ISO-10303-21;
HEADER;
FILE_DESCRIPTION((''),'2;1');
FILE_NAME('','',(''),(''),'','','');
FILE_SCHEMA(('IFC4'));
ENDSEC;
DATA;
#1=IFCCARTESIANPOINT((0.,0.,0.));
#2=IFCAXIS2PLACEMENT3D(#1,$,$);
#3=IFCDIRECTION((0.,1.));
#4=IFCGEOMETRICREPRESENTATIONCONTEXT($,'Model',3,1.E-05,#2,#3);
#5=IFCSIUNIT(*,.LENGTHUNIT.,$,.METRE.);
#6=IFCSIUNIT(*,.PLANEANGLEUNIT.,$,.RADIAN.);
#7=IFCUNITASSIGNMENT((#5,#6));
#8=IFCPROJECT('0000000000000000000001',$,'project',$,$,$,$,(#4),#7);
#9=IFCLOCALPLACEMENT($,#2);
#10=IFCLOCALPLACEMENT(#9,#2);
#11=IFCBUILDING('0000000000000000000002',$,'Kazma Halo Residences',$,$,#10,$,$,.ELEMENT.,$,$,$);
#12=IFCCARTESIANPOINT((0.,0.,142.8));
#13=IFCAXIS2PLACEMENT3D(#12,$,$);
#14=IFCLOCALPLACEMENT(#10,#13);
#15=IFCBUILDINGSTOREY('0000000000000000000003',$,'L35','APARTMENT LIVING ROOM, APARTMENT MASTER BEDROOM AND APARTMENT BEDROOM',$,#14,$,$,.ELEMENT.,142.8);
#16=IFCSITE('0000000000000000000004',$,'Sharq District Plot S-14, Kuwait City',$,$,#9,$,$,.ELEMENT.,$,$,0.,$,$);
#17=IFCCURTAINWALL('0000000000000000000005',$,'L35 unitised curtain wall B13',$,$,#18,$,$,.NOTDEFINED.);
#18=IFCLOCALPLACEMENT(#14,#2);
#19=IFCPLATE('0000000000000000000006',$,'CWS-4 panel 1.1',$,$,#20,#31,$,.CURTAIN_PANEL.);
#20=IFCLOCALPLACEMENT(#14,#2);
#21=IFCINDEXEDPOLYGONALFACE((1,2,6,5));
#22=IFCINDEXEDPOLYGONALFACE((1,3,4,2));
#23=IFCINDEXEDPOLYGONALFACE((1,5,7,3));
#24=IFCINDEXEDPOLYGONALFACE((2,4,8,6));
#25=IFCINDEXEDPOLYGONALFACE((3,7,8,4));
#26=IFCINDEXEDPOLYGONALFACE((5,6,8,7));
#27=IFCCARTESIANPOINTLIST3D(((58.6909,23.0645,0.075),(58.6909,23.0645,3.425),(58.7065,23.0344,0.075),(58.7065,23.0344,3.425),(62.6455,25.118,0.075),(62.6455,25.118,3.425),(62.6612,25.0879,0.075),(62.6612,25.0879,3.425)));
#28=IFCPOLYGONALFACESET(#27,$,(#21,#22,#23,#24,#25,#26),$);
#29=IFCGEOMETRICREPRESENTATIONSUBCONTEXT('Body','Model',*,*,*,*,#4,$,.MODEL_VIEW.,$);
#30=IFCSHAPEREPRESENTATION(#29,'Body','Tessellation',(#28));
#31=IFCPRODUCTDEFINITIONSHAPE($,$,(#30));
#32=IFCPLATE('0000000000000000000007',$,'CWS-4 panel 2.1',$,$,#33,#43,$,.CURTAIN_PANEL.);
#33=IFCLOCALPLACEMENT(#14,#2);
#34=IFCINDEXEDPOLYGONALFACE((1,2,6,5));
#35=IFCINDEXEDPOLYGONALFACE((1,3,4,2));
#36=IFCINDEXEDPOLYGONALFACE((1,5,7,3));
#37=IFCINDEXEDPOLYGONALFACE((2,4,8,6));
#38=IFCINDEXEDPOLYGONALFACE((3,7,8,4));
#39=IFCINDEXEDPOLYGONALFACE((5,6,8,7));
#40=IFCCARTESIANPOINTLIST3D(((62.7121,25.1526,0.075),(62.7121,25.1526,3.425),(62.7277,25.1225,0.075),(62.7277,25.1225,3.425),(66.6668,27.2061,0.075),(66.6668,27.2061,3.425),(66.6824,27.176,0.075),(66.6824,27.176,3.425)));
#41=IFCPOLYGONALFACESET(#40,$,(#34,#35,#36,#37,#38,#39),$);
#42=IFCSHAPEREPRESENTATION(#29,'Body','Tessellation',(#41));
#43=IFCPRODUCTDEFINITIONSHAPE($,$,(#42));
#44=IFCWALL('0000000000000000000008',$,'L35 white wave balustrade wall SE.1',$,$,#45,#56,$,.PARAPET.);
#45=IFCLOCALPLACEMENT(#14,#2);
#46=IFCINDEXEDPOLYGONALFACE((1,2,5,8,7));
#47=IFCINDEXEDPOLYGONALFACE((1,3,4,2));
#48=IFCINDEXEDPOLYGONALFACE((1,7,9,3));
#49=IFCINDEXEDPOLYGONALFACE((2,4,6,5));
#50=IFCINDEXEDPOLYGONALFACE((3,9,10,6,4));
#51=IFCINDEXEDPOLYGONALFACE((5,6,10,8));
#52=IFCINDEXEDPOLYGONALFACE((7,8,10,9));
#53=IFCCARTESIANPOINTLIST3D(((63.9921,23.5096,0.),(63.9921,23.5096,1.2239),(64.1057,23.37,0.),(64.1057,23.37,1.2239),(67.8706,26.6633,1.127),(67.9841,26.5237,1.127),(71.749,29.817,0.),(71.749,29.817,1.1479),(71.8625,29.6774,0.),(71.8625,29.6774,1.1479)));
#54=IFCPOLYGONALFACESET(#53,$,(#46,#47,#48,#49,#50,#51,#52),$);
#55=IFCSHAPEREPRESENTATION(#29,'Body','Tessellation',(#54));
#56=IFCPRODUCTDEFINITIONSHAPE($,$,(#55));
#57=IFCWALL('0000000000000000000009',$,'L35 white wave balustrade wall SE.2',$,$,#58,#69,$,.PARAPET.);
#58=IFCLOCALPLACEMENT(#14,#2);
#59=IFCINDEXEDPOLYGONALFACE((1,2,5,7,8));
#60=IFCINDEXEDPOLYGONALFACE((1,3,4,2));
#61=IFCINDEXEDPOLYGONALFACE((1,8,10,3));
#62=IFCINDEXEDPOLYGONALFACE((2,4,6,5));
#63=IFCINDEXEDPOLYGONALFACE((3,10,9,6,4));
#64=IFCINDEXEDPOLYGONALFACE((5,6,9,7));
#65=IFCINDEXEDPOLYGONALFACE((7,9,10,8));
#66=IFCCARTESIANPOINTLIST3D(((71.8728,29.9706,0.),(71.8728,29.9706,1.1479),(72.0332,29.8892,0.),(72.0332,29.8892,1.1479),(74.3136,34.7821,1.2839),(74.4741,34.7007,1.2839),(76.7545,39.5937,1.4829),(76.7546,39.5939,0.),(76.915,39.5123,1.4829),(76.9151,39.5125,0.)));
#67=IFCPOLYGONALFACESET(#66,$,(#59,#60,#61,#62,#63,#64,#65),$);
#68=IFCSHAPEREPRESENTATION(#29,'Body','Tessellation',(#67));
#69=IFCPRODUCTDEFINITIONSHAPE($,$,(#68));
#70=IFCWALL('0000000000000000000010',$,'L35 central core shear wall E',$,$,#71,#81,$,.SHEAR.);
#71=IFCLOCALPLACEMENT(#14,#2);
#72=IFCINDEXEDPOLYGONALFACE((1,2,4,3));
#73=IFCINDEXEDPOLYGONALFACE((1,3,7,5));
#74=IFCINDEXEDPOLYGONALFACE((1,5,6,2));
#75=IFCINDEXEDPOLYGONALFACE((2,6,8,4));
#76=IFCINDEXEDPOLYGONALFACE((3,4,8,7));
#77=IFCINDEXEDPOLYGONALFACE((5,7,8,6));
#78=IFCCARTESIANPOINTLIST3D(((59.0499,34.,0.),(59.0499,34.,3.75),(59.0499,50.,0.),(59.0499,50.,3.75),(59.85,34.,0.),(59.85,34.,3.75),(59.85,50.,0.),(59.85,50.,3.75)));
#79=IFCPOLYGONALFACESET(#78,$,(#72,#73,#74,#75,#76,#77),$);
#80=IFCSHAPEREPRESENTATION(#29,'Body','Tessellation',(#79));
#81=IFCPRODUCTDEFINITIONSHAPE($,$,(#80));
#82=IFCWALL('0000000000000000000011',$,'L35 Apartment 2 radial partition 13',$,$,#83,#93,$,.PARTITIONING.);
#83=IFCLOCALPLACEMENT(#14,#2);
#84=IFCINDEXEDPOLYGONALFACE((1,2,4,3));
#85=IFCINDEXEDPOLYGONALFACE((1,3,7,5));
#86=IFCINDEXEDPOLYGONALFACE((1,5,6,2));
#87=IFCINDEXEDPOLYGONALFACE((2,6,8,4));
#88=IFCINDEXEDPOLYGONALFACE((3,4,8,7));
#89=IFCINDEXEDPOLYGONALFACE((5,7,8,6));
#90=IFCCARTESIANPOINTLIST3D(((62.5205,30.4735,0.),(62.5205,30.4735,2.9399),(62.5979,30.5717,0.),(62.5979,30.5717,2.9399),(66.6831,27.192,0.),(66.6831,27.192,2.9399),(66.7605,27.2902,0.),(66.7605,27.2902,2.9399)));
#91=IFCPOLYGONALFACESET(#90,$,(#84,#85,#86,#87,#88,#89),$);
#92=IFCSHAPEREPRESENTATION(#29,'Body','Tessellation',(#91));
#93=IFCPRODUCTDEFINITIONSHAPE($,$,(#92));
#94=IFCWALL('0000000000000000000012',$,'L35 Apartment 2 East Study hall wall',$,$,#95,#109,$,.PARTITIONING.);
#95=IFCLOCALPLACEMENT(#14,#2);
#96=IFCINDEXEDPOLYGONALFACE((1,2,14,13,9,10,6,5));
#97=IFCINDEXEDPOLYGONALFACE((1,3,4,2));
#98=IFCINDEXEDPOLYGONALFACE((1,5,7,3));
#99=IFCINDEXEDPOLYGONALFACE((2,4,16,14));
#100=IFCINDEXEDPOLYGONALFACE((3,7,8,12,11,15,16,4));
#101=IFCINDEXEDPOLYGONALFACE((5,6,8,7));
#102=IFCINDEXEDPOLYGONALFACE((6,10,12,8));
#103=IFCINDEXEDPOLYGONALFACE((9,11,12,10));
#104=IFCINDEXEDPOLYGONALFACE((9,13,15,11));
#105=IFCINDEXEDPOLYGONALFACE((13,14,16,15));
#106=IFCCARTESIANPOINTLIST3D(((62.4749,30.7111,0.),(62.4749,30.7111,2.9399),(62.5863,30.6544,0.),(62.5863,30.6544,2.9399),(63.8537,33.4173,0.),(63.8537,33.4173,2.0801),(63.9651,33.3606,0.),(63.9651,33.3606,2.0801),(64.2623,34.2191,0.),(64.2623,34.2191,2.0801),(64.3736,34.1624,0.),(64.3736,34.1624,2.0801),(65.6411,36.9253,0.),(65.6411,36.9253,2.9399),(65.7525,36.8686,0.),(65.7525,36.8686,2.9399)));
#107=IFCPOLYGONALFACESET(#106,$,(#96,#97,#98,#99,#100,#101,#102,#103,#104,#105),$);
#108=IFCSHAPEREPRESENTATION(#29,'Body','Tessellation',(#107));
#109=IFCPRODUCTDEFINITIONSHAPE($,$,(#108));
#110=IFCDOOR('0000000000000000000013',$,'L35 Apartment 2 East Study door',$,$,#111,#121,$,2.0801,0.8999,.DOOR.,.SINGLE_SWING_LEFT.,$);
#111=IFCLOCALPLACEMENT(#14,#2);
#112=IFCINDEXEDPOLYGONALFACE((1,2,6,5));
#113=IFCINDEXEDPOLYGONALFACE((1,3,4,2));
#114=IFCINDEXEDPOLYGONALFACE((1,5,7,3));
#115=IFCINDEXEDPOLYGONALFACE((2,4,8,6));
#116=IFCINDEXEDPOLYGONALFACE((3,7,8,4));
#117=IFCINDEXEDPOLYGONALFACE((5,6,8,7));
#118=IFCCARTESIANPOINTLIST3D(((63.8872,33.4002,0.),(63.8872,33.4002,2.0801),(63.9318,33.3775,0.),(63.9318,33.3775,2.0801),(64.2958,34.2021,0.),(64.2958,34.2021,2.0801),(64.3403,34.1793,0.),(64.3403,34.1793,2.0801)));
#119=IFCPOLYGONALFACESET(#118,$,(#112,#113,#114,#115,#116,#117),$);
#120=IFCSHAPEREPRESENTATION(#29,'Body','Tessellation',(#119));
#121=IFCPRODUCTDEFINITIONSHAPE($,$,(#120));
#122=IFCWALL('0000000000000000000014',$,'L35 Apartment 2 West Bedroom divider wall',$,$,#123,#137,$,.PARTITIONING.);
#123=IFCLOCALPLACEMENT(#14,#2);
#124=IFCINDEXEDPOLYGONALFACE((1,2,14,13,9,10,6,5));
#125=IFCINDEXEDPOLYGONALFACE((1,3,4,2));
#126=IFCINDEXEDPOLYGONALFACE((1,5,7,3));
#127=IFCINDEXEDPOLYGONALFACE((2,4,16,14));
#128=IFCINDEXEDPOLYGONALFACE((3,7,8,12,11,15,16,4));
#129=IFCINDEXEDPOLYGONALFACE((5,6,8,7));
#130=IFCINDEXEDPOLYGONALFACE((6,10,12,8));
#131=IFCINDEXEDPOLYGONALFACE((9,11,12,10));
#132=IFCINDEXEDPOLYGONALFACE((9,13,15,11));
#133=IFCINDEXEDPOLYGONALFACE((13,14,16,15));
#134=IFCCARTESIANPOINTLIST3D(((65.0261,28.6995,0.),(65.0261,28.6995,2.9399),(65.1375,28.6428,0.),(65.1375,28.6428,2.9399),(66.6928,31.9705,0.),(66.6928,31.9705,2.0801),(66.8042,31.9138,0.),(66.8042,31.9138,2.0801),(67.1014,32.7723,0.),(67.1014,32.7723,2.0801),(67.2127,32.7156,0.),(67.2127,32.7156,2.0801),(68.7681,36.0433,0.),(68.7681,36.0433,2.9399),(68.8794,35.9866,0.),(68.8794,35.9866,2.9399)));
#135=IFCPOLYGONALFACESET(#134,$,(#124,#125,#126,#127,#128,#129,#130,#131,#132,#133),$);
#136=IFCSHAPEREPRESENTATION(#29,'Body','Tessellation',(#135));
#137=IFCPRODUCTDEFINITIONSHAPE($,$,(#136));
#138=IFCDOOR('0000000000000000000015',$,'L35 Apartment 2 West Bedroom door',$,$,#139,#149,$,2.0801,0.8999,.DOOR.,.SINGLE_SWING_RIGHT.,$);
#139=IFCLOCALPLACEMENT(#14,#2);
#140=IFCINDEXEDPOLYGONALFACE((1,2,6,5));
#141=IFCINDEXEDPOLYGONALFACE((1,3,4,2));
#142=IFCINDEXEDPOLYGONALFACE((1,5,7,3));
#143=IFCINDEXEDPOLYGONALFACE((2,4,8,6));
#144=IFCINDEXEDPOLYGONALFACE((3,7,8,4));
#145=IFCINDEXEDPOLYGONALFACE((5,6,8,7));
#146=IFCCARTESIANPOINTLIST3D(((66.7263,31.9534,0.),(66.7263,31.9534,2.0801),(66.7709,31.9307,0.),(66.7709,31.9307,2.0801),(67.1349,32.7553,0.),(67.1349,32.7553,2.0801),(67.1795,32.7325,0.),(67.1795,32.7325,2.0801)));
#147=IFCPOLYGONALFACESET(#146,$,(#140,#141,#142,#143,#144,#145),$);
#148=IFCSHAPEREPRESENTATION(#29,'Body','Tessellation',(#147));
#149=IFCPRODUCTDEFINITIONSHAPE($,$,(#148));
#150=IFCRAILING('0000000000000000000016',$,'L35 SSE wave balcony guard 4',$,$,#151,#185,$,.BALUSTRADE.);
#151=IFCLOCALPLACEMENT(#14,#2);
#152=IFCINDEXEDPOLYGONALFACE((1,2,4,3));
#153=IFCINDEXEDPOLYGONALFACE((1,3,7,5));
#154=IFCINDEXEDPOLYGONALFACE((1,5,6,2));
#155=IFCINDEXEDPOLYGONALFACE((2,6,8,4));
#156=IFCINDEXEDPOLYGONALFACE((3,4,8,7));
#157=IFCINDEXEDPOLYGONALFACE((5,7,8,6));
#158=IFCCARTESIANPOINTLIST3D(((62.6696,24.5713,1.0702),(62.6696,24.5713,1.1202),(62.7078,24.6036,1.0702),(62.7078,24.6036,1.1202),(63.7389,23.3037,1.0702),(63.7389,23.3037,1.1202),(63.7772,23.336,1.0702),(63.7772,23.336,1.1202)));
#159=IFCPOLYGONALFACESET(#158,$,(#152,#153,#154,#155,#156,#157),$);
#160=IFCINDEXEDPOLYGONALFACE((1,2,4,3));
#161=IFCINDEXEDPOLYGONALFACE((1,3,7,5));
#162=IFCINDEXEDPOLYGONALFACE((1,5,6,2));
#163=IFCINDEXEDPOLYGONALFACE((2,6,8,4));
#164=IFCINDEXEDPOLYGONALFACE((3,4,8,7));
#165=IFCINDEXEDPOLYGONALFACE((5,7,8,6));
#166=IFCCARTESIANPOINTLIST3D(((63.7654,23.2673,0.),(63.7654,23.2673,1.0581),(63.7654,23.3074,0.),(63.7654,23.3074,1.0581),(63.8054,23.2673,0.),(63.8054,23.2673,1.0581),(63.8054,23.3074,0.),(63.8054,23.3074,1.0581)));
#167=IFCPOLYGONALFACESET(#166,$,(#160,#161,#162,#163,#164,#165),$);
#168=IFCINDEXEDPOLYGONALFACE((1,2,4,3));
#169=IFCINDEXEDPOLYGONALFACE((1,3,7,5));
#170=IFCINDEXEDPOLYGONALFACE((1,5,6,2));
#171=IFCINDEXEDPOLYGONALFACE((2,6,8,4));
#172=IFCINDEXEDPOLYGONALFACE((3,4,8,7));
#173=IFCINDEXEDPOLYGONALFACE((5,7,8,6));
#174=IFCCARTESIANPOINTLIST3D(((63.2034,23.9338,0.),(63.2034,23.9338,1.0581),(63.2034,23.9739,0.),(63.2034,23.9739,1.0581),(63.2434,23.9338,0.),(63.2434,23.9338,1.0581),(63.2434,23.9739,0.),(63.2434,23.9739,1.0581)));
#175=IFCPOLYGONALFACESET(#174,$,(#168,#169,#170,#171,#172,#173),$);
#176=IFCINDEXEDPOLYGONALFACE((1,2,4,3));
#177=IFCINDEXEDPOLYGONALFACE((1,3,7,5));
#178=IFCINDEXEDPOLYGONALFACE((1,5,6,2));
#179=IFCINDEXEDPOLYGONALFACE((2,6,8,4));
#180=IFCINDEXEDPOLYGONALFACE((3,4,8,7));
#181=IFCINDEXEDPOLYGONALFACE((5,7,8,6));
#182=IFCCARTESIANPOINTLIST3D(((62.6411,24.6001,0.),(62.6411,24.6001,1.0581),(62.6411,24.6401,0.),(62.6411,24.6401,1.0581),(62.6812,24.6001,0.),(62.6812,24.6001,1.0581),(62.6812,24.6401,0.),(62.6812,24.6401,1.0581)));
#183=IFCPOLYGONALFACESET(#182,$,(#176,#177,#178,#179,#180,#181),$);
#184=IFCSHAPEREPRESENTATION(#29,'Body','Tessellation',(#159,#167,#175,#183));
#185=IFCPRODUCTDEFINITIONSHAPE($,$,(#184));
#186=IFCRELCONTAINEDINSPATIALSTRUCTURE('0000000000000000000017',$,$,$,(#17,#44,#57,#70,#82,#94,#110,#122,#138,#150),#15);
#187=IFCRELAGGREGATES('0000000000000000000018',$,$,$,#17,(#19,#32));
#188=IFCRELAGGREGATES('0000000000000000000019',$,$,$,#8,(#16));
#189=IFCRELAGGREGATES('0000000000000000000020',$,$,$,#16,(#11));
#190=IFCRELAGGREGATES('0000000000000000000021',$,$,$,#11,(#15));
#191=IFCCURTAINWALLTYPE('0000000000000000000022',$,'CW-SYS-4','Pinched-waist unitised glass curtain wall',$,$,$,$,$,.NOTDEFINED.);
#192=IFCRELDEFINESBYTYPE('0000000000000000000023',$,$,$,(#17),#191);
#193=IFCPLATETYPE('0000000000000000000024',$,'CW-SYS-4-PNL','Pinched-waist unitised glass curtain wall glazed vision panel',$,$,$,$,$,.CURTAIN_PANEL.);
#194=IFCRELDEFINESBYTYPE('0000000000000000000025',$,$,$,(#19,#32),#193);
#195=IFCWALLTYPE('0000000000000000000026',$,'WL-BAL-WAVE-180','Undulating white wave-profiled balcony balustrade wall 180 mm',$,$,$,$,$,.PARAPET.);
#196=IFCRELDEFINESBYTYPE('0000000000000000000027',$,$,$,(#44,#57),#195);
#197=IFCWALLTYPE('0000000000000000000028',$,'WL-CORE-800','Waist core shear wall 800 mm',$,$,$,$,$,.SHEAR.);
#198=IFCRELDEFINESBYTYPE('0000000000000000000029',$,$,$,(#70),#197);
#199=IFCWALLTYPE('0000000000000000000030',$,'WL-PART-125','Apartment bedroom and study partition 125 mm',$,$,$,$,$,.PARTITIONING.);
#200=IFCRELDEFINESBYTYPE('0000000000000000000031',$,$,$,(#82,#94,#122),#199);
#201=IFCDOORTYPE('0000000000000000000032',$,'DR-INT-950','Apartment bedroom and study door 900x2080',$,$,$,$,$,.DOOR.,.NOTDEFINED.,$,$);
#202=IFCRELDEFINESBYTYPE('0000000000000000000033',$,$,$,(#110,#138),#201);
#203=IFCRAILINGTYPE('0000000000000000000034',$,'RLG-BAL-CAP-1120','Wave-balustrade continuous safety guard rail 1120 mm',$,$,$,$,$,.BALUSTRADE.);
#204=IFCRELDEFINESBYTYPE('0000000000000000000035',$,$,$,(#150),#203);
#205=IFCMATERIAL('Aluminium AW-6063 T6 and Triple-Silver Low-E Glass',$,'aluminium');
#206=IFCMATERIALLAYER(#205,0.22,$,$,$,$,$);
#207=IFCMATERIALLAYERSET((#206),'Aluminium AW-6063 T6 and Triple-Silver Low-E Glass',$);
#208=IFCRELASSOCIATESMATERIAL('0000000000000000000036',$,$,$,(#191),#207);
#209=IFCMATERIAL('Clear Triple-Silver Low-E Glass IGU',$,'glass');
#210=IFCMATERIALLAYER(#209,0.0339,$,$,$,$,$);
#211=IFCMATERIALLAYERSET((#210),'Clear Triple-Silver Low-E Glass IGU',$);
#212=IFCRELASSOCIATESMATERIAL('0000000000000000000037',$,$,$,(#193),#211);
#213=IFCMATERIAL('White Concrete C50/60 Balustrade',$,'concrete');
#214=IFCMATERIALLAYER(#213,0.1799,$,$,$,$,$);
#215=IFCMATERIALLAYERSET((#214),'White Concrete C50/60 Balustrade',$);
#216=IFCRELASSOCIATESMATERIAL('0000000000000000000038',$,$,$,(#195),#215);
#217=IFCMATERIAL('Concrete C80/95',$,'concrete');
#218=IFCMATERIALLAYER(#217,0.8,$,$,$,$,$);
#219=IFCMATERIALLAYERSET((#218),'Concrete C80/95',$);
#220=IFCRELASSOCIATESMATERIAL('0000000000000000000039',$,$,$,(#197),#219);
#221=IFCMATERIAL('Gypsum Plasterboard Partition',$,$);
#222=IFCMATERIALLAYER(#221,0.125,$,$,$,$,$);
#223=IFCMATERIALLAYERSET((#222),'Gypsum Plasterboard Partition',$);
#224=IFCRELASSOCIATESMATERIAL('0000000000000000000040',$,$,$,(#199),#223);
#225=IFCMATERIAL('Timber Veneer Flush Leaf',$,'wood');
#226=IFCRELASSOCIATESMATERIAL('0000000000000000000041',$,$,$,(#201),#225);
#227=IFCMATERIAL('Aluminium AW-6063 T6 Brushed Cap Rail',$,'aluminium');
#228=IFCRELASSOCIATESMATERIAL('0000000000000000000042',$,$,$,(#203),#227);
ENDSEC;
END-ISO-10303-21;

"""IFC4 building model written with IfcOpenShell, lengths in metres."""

from ifc_helpers import new_model, si_unit, direction, frame, frame_2d, origin, origin_2d, place, context, subcontext, project, spatial, polyline, rectangle, outline, extrude, material, layer, layer_set, type_object, element, fill, aggregate, save


model = new_model("IFC4")

# Units and contexts
model_context = context("Model", 3, precision=1e-05, world=origin(), true_north=direction((0.0, 1.0)))
body_context = subcontext(model_context, "Body", "Model", "MODEL_VIEW")
ifc_project = project(units=[si_unit("LENGTHUNIT", "METRE"), si_unit("PLANEANGLEUNIT", "RADIAN")], contexts=[model_context])

# Site, building, storey
site_placement = place(None, origin())
site = spatial("IfcSite", under=ifc_project, at=site_placement, Name="Sharq District Plot S-14, Kuwait City", CompositionType="ELEMENT", RefElevation=0.0)
building_placement = place(site_placement, origin())
building = spatial("IfcBuilding", under=site, at=building_placement, Name="Kazma Halo Residences", CompositionType="ELEMENT")
storey_placement = place(building_placement, frame((0.0, 0.0, 142.8)))
storey = spatial("IfcBuildingStorey", under=building, at=storey_placement, Name="L35", Description="APARTMENT LIVING ROOM, APARTMENT MASTER BEDROOM AND APARTMENT BEDROOM", CompositionType="ELEMENT", Elevation=142.8)

# Shared definitions
ifc_material_1 = material(Name="Concrete C80/95", Category="concrete")

# Curtain wall
ifc_material_2 = material(Name="Aluminium AW-6063 T6 and Triple-Silver Low-E Glass", Category="aluminium")
ifc_layer_1 = layer(ifc_material_2, 0.22)
ifc_layer_set_1 = layer_set([ifc_layer_1], Name="Aluminium AW-6063 T6 and Triple-Silver Low-E Glass")
curtain_wall_type = type_object("IfcCurtainWallType", Name="CW-SYS-4", Description="Pinched-waist unitised glass curtain wall", PredefinedType="NOTDEFINED", material=ifc_layer_set_1)
curtain_wall_1_placement = place(storey_placement, origin())
curtain_wall_1 = element("IfcCurtainWall", 1, at=curtain_wall_1_placement, inside=storey, type_object=curtain_wall_type, Name="L35 unitised curtain wall B13", PredefinedType="NOTDEFINED")

# Plates
ifc_material_3 = material(Name="Clear Triple-Silver Low-E Glass IGU", Category="glass")
ifc_layer_2 = layer(ifc_material_3, 0.0339)
ifc_layer_set_2 = layer_set([ifc_layer_2], Name="Clear Triple-Silver Low-E Glass IGU")
plate_type = type_object("IfcPlateType", Name="CW-SYS-4-PNL", Description="Pinched-waist unitised glass curtain wall glazed vision panel", PredefinedType="CURTAIN_PANEL", material=ifc_layer_set_2)
plate_1_placement = place(storey_placement, frame((60.676, 24.0762, 0.075), z_axis=(0.0, 0.0, 1.0), x_axis=(0.887485, 0.460837, 0.0)))
plate_1 = element("IfcPlate", 2, at=plate_1_placement, type_object=plate_type, Name="CWS-4 panel 1.1", PredefinedType="CURTAIN_PANEL", context=body_context, shape_type="SweptSolid", body=[
    extrude(rectangle(XDim=4.4561, YDim=0.0339, at=origin_2d()), origin(), (0.0, 0.0, 1.0), 3.3501),
])
plate_2_placement = place(storey_placement, frame((64.6973, 26.1643, 0.075), z_axis=(0.0, 0.0, 1.0), x_axis=(0.887485, 0.460837, 0.0)))
plate_2 = element("IfcPlate", 3, at=plate_2_placement, type_object=plate_type, Name="CWS-4 panel 2.1", PredefinedType="CURTAIN_PANEL", context=body_context, shape_type="SweptSolid", body=[
    extrude(rectangle(XDim=4.4561, YDim=0.0339, at=origin_2d()), origin(), (0.0, 0.0, 1.0), 3.3501),
])
aggregate(curtain_wall_1, [plate_1, plate_2])

# Walls
ifc_material_4 = material(Name="White Concrete C50/60 Balustrade", Category="concrete")
ifc_layer_3 = layer(ifc_material_4, 0.1799)
ifc_layer_set_3 = layer_set([ifc_layer_3], Name="White Concrete C50/60 Balustrade")
wall_type_1 = type_object("IfcWallType", Name="WL-BAL-WAVE-180", Description="Undulating white wave-profiled balcony balustrade wall 180 mm", PredefinedType="PARAPET", material=ifc_layer_set_3)
wall_1_placement = place(storey_placement, frame((64.0488, 23.4399, 0.0), z_axis=(0.0, 0.0, 1.0), x_axis=(0.775872, 0.63089, 0.0)))
element("IfcWall", 4, at=wall_1_placement, inside=storey, type_object=wall_type_1, Name="L35 white wave balustrade wall SE.1", PredefinedType="PARAPET", context=body_context, shape_type="SweptSolid", body=[
    extrude(outline(polyline([(0.0, 0.0), (9.9976, 0.0), (9.9976, 1.1479), (4.9988, 1.127), (0.0, 1.2239), (0.0, 0.0)])), frame((0.0, 0.0898, 0.0), z_axis=(0.0, -1.0, 0.0), x_axis=(1.0, 0.0, 0.0)), (0.0, 0.0, 1.0), 0.1799),
])
wall_2_placement = place(storey_placement, frame((71.9529, 29.9299, 0.0), z_axis=(0.0, 0.0, 1.0), x_axis=(0.45241, 0.89181, 0.0)))
element("IfcWall", 5, at=wall_2_placement, inside=storey, type_object=wall_type_1, Name="L35 white wave balustrade wall SE.2", PredefinedType="PARAPET", context=body_context, shape_type="SweptSolid", body=[
    extrude(outline(polyline([(0.0, 0.0), (10.7908, 0.0), (10.7905, 1.4829), (5.3953, 1.2839), (0.0, 1.1479), (0.0, 0.0)])), frame((0.0, 0.0898, 0.0), z_axis=(0.0, -1.0, 0.0), x_axis=(1.0, 0.0, 0.0)), (0.0, 0.0, 1.0), 0.1799),
])
ifc_layer_4 = layer(ifc_material_1, 0.8)
ifc_layer_set_4 = layer_set([ifc_layer_4], Name="Concrete C80/95")
wall_type_2 = type_object("IfcWallType", Name="WL-CORE-800", Description="Waist core shear wall 800 mm", PredefinedType="SHEAR", material=ifc_layer_set_4)
wall_3_placement = place(storey_placement, frame((59.45, 34.0, 0.0), z_axis=(0.0, 0.0, 1.0), x_axis=(0.0, 1.0, 0.0)))
element("IfcWall", 6, at=wall_3_placement, inside=storey, type_object=wall_type_2, Name="L35 central core shear wall E", PredefinedType="SHEAR", context=body_context, shape_type="SweptSolid", body=[
    extrude(rectangle(XDim=16.0, YDim=0.8, at=frame_2d((8.0, 0.0))), origin(), (0.0, 0.0, 1.0), 3.75),
])

# Wall
ifc_material_5 = material(Name="Gypsum Plasterboard Partition")
ifc_layer_5 = layer(ifc_material_5, 0.125)
ifc_layer_set_5 = layer_set([ifc_layer_5], Name="Gypsum Plasterboard Partition")
wall_type_3 = type_object("IfcWallType", Name="WL-PART-125", Description="Apartment bedroom and study partition 125 mm", PredefinedType="PARTITIONING", material=ifc_layer_set_5)
wall_4_placement = place(storey_placement, frame((62.5591, 30.5227, 0.0), z_axis=(0.0, 0.0, 1.0), x_axis=(0.78532, -0.61909, 0.0)))
element("IfcWall", 7, at=wall_4_placement, inside=storey, type_object=wall_type_3, Name="L35 Apartment 2 radial partition 13", PredefinedType="PARTITIONING", context=body_context, shape_type="SweptSolid", body=[
    extrude(rectangle(XDim=5.3005, YDim=0.125, at=frame_2d((2.6504, 0.0))), origin(), (0.0, 0.0, 1.0), 2.9399),
])

# Walls, openings, doors
wall_5_placement = place(storey_placement, frame((62.5305, 30.6826, 0.0), z_axis=(0.0, 0.0, 1.0), x_axis=(0.453978, 0.891013, 0.0)))
wall_5 = element("IfcWall", 8, at=wall_5_placement, inside=storey, type_object=wall_type_3, Name="L35 Apartment 2 East Study hall wall", PredefinedType="PARTITIONING", context=body_context, shape_type="SweptSolid", body=[
    extrude(rectangle(XDim=6.9744, YDim=0.125, at=frame_2d((3.4873, 0.0))), origin(), (0.0, 0.0, 1.0), 2.9399),
])
opening_1_placement = place(wall_5_placement, frame((3.0374, 0.0, 0.0)))
opening_1 = element("IfcOpeningElement", 9, at=opening_1_placement, cuts=wall_5, PredefinedType="OPENING", context=body_context, shape_type="SweptSolid", body=[
    extrude(rectangle(XDim=0.8999, YDim=2.0801, at=frame_2d((0.45, 1.04))), frame((0.0, 0.0725, 0.0), z_axis=(0.0, -1.0, 0.0), x_axis=(1.0, 0.0, 0.0)), (0.0, 0.0, 1.0), 0.145),
])
ifc_material_6 = material(Name="Timber Veneer Flush Leaf", Category="wood")
door_type_1 = type_object("IfcDoorType", Name="DR-INT-950", Description="Apartment bedroom and study door 900x2080", OperationType="NOTDEFINED", PredefinedType="DOOR", material=ifc_material_6)
door_1_placement = place(opening_1_placement, origin())
door_1 = element("IfcDoor", 10, at=door_1_placement, inside=storey, type_object=door_type_1, Name="L35 Apartment 2 East Study door", OperationType="SINGLE_SWING_LEFT", OverallHeight=2.0801, OverallWidth=0.8999, PredefinedType="DOOR", context=body_context, shape_type="SweptSolid", body=[
    extrude(rectangle(XDim=0.8999, YDim=2.0801, at=frame_2d((0.45, 1.04))), frame((0.0, 0.0249, 0.0), z_axis=(0.0, -1.0, 0.0), x_axis=(1.0, 0.0, 0.0)), (0.0, 0.0, 1.0), 0.05),
])
fill(opening_1, door_1)
wall_6_placement = place(storey_placement, frame((65.0818, 28.6711, 0.0), z_axis=(0.0, 0.0, 1.0), x_axis=(0.454002, 0.891001, 0.0)))
wall_6 = element("IfcWall", 11, at=wall_6_placement, inside=storey, type_object=wall_type_3, Name="L35 Apartment 2 West Bedroom divider wall", PredefinedType="PARTITIONING", context=body_context, shape_type="SweptSolid", body=[
    extrude(rectangle(XDim=8.2422, YDim=0.125, at=frame_2d((4.1211, 0.0))), origin(), (0.0, 0.0, 1.0), 2.9399),
])
opening_2_placement = place(wall_6_placement, frame((3.6711, 0.0, 0.0)))
opening_2 = element("IfcOpeningElement", 12, at=opening_2_placement, cuts=wall_6, PredefinedType="OPENING", context=body_context, shape_type="SweptSolid", body=[
    extrude(rectangle(XDim=0.8999, YDim=2.0801, at=frame_2d((0.45, 1.04))), frame((0.0, 0.0725, 0.0), z_axis=(0.0, -1.0, 0.0), x_axis=(1.0, 0.0, 0.0)), (0.0, 0.0, 1.0), 0.145),
])
door_2_placement = place(opening_2_placement, origin())
door_2 = element("IfcDoor", 13, at=door_2_placement, inside=storey, type_object=door_type_1, Name="L35 Apartment 2 West Bedroom door", OperationType="SINGLE_SWING_RIGHT", OverallHeight=2.0801, OverallWidth=0.8999, PredefinedType="DOOR", context=body_context, shape_type="SweptSolid", body=[
    extrude(rectangle(XDim=0.8999, YDim=2.0801, at=frame_2d((0.45, 1.04))), frame((0.0, 0.0249, 0.0), z_axis=(0.0, -1.0, 0.0), x_axis=(1.0, 0.0, 0.0)), (0.0, 0.0, 1.0), 0.05),
])
fill(opening_2, door_2)

# Railing
ifc_material_7 = material(Name="Aluminium AW-6063 T6 Brushed Cap Rail", Category="aluminium")
railing_type = type_object("IfcRailingType", Name="RLG-BAL-CAP-1120", Description="Wave-balustrade continuous safety guard rail 1120 mm", PredefinedType="BALUSTRADE", material=ifc_material_7)
railing_1_placement = place(storey_placement, frame((63.7854, 23.2874, 0.0)))
element("IfcRailing", 14, at=railing_1_placement, inside=storey, type_object=railing_type, Name="L35 SSE wave balcony guard 4", PredefinedType="BALUSTRADE", context=body_context, shape_type="SweptSolid", body=[
    extrude(rectangle(XDim=0.05, YDim=0.05, at=origin_2d()), frame((-0.0273, 0.0325, 1.0952), z_axis=(-0.644787, 0.764363, 0.0), x_axis=(-0.764363, -0.644787, 0.0)), (0.0, 0.0, 1.0), 1.6584),
    extrude(rectangle(XDim=0.04, YDim=0.04, at=origin_2d()), origin(), (0.0, 0.0, 1.0), 1.0581),
    extrude(rectangle(XDim=0.04, YDim=0.04, at=origin_2d()), frame((-0.562, 0.6665, 0.0)), (0.0, 0.0, 1.0), 1.0581),
    extrude(rectangle(XDim=0.04, YDim=0.04, at=origin_2d()), frame((-1.1243, 1.3328, 0.0)), (0.0, 0.0, 1.0), 1.0581),
])

save(model, "model.ifc")
